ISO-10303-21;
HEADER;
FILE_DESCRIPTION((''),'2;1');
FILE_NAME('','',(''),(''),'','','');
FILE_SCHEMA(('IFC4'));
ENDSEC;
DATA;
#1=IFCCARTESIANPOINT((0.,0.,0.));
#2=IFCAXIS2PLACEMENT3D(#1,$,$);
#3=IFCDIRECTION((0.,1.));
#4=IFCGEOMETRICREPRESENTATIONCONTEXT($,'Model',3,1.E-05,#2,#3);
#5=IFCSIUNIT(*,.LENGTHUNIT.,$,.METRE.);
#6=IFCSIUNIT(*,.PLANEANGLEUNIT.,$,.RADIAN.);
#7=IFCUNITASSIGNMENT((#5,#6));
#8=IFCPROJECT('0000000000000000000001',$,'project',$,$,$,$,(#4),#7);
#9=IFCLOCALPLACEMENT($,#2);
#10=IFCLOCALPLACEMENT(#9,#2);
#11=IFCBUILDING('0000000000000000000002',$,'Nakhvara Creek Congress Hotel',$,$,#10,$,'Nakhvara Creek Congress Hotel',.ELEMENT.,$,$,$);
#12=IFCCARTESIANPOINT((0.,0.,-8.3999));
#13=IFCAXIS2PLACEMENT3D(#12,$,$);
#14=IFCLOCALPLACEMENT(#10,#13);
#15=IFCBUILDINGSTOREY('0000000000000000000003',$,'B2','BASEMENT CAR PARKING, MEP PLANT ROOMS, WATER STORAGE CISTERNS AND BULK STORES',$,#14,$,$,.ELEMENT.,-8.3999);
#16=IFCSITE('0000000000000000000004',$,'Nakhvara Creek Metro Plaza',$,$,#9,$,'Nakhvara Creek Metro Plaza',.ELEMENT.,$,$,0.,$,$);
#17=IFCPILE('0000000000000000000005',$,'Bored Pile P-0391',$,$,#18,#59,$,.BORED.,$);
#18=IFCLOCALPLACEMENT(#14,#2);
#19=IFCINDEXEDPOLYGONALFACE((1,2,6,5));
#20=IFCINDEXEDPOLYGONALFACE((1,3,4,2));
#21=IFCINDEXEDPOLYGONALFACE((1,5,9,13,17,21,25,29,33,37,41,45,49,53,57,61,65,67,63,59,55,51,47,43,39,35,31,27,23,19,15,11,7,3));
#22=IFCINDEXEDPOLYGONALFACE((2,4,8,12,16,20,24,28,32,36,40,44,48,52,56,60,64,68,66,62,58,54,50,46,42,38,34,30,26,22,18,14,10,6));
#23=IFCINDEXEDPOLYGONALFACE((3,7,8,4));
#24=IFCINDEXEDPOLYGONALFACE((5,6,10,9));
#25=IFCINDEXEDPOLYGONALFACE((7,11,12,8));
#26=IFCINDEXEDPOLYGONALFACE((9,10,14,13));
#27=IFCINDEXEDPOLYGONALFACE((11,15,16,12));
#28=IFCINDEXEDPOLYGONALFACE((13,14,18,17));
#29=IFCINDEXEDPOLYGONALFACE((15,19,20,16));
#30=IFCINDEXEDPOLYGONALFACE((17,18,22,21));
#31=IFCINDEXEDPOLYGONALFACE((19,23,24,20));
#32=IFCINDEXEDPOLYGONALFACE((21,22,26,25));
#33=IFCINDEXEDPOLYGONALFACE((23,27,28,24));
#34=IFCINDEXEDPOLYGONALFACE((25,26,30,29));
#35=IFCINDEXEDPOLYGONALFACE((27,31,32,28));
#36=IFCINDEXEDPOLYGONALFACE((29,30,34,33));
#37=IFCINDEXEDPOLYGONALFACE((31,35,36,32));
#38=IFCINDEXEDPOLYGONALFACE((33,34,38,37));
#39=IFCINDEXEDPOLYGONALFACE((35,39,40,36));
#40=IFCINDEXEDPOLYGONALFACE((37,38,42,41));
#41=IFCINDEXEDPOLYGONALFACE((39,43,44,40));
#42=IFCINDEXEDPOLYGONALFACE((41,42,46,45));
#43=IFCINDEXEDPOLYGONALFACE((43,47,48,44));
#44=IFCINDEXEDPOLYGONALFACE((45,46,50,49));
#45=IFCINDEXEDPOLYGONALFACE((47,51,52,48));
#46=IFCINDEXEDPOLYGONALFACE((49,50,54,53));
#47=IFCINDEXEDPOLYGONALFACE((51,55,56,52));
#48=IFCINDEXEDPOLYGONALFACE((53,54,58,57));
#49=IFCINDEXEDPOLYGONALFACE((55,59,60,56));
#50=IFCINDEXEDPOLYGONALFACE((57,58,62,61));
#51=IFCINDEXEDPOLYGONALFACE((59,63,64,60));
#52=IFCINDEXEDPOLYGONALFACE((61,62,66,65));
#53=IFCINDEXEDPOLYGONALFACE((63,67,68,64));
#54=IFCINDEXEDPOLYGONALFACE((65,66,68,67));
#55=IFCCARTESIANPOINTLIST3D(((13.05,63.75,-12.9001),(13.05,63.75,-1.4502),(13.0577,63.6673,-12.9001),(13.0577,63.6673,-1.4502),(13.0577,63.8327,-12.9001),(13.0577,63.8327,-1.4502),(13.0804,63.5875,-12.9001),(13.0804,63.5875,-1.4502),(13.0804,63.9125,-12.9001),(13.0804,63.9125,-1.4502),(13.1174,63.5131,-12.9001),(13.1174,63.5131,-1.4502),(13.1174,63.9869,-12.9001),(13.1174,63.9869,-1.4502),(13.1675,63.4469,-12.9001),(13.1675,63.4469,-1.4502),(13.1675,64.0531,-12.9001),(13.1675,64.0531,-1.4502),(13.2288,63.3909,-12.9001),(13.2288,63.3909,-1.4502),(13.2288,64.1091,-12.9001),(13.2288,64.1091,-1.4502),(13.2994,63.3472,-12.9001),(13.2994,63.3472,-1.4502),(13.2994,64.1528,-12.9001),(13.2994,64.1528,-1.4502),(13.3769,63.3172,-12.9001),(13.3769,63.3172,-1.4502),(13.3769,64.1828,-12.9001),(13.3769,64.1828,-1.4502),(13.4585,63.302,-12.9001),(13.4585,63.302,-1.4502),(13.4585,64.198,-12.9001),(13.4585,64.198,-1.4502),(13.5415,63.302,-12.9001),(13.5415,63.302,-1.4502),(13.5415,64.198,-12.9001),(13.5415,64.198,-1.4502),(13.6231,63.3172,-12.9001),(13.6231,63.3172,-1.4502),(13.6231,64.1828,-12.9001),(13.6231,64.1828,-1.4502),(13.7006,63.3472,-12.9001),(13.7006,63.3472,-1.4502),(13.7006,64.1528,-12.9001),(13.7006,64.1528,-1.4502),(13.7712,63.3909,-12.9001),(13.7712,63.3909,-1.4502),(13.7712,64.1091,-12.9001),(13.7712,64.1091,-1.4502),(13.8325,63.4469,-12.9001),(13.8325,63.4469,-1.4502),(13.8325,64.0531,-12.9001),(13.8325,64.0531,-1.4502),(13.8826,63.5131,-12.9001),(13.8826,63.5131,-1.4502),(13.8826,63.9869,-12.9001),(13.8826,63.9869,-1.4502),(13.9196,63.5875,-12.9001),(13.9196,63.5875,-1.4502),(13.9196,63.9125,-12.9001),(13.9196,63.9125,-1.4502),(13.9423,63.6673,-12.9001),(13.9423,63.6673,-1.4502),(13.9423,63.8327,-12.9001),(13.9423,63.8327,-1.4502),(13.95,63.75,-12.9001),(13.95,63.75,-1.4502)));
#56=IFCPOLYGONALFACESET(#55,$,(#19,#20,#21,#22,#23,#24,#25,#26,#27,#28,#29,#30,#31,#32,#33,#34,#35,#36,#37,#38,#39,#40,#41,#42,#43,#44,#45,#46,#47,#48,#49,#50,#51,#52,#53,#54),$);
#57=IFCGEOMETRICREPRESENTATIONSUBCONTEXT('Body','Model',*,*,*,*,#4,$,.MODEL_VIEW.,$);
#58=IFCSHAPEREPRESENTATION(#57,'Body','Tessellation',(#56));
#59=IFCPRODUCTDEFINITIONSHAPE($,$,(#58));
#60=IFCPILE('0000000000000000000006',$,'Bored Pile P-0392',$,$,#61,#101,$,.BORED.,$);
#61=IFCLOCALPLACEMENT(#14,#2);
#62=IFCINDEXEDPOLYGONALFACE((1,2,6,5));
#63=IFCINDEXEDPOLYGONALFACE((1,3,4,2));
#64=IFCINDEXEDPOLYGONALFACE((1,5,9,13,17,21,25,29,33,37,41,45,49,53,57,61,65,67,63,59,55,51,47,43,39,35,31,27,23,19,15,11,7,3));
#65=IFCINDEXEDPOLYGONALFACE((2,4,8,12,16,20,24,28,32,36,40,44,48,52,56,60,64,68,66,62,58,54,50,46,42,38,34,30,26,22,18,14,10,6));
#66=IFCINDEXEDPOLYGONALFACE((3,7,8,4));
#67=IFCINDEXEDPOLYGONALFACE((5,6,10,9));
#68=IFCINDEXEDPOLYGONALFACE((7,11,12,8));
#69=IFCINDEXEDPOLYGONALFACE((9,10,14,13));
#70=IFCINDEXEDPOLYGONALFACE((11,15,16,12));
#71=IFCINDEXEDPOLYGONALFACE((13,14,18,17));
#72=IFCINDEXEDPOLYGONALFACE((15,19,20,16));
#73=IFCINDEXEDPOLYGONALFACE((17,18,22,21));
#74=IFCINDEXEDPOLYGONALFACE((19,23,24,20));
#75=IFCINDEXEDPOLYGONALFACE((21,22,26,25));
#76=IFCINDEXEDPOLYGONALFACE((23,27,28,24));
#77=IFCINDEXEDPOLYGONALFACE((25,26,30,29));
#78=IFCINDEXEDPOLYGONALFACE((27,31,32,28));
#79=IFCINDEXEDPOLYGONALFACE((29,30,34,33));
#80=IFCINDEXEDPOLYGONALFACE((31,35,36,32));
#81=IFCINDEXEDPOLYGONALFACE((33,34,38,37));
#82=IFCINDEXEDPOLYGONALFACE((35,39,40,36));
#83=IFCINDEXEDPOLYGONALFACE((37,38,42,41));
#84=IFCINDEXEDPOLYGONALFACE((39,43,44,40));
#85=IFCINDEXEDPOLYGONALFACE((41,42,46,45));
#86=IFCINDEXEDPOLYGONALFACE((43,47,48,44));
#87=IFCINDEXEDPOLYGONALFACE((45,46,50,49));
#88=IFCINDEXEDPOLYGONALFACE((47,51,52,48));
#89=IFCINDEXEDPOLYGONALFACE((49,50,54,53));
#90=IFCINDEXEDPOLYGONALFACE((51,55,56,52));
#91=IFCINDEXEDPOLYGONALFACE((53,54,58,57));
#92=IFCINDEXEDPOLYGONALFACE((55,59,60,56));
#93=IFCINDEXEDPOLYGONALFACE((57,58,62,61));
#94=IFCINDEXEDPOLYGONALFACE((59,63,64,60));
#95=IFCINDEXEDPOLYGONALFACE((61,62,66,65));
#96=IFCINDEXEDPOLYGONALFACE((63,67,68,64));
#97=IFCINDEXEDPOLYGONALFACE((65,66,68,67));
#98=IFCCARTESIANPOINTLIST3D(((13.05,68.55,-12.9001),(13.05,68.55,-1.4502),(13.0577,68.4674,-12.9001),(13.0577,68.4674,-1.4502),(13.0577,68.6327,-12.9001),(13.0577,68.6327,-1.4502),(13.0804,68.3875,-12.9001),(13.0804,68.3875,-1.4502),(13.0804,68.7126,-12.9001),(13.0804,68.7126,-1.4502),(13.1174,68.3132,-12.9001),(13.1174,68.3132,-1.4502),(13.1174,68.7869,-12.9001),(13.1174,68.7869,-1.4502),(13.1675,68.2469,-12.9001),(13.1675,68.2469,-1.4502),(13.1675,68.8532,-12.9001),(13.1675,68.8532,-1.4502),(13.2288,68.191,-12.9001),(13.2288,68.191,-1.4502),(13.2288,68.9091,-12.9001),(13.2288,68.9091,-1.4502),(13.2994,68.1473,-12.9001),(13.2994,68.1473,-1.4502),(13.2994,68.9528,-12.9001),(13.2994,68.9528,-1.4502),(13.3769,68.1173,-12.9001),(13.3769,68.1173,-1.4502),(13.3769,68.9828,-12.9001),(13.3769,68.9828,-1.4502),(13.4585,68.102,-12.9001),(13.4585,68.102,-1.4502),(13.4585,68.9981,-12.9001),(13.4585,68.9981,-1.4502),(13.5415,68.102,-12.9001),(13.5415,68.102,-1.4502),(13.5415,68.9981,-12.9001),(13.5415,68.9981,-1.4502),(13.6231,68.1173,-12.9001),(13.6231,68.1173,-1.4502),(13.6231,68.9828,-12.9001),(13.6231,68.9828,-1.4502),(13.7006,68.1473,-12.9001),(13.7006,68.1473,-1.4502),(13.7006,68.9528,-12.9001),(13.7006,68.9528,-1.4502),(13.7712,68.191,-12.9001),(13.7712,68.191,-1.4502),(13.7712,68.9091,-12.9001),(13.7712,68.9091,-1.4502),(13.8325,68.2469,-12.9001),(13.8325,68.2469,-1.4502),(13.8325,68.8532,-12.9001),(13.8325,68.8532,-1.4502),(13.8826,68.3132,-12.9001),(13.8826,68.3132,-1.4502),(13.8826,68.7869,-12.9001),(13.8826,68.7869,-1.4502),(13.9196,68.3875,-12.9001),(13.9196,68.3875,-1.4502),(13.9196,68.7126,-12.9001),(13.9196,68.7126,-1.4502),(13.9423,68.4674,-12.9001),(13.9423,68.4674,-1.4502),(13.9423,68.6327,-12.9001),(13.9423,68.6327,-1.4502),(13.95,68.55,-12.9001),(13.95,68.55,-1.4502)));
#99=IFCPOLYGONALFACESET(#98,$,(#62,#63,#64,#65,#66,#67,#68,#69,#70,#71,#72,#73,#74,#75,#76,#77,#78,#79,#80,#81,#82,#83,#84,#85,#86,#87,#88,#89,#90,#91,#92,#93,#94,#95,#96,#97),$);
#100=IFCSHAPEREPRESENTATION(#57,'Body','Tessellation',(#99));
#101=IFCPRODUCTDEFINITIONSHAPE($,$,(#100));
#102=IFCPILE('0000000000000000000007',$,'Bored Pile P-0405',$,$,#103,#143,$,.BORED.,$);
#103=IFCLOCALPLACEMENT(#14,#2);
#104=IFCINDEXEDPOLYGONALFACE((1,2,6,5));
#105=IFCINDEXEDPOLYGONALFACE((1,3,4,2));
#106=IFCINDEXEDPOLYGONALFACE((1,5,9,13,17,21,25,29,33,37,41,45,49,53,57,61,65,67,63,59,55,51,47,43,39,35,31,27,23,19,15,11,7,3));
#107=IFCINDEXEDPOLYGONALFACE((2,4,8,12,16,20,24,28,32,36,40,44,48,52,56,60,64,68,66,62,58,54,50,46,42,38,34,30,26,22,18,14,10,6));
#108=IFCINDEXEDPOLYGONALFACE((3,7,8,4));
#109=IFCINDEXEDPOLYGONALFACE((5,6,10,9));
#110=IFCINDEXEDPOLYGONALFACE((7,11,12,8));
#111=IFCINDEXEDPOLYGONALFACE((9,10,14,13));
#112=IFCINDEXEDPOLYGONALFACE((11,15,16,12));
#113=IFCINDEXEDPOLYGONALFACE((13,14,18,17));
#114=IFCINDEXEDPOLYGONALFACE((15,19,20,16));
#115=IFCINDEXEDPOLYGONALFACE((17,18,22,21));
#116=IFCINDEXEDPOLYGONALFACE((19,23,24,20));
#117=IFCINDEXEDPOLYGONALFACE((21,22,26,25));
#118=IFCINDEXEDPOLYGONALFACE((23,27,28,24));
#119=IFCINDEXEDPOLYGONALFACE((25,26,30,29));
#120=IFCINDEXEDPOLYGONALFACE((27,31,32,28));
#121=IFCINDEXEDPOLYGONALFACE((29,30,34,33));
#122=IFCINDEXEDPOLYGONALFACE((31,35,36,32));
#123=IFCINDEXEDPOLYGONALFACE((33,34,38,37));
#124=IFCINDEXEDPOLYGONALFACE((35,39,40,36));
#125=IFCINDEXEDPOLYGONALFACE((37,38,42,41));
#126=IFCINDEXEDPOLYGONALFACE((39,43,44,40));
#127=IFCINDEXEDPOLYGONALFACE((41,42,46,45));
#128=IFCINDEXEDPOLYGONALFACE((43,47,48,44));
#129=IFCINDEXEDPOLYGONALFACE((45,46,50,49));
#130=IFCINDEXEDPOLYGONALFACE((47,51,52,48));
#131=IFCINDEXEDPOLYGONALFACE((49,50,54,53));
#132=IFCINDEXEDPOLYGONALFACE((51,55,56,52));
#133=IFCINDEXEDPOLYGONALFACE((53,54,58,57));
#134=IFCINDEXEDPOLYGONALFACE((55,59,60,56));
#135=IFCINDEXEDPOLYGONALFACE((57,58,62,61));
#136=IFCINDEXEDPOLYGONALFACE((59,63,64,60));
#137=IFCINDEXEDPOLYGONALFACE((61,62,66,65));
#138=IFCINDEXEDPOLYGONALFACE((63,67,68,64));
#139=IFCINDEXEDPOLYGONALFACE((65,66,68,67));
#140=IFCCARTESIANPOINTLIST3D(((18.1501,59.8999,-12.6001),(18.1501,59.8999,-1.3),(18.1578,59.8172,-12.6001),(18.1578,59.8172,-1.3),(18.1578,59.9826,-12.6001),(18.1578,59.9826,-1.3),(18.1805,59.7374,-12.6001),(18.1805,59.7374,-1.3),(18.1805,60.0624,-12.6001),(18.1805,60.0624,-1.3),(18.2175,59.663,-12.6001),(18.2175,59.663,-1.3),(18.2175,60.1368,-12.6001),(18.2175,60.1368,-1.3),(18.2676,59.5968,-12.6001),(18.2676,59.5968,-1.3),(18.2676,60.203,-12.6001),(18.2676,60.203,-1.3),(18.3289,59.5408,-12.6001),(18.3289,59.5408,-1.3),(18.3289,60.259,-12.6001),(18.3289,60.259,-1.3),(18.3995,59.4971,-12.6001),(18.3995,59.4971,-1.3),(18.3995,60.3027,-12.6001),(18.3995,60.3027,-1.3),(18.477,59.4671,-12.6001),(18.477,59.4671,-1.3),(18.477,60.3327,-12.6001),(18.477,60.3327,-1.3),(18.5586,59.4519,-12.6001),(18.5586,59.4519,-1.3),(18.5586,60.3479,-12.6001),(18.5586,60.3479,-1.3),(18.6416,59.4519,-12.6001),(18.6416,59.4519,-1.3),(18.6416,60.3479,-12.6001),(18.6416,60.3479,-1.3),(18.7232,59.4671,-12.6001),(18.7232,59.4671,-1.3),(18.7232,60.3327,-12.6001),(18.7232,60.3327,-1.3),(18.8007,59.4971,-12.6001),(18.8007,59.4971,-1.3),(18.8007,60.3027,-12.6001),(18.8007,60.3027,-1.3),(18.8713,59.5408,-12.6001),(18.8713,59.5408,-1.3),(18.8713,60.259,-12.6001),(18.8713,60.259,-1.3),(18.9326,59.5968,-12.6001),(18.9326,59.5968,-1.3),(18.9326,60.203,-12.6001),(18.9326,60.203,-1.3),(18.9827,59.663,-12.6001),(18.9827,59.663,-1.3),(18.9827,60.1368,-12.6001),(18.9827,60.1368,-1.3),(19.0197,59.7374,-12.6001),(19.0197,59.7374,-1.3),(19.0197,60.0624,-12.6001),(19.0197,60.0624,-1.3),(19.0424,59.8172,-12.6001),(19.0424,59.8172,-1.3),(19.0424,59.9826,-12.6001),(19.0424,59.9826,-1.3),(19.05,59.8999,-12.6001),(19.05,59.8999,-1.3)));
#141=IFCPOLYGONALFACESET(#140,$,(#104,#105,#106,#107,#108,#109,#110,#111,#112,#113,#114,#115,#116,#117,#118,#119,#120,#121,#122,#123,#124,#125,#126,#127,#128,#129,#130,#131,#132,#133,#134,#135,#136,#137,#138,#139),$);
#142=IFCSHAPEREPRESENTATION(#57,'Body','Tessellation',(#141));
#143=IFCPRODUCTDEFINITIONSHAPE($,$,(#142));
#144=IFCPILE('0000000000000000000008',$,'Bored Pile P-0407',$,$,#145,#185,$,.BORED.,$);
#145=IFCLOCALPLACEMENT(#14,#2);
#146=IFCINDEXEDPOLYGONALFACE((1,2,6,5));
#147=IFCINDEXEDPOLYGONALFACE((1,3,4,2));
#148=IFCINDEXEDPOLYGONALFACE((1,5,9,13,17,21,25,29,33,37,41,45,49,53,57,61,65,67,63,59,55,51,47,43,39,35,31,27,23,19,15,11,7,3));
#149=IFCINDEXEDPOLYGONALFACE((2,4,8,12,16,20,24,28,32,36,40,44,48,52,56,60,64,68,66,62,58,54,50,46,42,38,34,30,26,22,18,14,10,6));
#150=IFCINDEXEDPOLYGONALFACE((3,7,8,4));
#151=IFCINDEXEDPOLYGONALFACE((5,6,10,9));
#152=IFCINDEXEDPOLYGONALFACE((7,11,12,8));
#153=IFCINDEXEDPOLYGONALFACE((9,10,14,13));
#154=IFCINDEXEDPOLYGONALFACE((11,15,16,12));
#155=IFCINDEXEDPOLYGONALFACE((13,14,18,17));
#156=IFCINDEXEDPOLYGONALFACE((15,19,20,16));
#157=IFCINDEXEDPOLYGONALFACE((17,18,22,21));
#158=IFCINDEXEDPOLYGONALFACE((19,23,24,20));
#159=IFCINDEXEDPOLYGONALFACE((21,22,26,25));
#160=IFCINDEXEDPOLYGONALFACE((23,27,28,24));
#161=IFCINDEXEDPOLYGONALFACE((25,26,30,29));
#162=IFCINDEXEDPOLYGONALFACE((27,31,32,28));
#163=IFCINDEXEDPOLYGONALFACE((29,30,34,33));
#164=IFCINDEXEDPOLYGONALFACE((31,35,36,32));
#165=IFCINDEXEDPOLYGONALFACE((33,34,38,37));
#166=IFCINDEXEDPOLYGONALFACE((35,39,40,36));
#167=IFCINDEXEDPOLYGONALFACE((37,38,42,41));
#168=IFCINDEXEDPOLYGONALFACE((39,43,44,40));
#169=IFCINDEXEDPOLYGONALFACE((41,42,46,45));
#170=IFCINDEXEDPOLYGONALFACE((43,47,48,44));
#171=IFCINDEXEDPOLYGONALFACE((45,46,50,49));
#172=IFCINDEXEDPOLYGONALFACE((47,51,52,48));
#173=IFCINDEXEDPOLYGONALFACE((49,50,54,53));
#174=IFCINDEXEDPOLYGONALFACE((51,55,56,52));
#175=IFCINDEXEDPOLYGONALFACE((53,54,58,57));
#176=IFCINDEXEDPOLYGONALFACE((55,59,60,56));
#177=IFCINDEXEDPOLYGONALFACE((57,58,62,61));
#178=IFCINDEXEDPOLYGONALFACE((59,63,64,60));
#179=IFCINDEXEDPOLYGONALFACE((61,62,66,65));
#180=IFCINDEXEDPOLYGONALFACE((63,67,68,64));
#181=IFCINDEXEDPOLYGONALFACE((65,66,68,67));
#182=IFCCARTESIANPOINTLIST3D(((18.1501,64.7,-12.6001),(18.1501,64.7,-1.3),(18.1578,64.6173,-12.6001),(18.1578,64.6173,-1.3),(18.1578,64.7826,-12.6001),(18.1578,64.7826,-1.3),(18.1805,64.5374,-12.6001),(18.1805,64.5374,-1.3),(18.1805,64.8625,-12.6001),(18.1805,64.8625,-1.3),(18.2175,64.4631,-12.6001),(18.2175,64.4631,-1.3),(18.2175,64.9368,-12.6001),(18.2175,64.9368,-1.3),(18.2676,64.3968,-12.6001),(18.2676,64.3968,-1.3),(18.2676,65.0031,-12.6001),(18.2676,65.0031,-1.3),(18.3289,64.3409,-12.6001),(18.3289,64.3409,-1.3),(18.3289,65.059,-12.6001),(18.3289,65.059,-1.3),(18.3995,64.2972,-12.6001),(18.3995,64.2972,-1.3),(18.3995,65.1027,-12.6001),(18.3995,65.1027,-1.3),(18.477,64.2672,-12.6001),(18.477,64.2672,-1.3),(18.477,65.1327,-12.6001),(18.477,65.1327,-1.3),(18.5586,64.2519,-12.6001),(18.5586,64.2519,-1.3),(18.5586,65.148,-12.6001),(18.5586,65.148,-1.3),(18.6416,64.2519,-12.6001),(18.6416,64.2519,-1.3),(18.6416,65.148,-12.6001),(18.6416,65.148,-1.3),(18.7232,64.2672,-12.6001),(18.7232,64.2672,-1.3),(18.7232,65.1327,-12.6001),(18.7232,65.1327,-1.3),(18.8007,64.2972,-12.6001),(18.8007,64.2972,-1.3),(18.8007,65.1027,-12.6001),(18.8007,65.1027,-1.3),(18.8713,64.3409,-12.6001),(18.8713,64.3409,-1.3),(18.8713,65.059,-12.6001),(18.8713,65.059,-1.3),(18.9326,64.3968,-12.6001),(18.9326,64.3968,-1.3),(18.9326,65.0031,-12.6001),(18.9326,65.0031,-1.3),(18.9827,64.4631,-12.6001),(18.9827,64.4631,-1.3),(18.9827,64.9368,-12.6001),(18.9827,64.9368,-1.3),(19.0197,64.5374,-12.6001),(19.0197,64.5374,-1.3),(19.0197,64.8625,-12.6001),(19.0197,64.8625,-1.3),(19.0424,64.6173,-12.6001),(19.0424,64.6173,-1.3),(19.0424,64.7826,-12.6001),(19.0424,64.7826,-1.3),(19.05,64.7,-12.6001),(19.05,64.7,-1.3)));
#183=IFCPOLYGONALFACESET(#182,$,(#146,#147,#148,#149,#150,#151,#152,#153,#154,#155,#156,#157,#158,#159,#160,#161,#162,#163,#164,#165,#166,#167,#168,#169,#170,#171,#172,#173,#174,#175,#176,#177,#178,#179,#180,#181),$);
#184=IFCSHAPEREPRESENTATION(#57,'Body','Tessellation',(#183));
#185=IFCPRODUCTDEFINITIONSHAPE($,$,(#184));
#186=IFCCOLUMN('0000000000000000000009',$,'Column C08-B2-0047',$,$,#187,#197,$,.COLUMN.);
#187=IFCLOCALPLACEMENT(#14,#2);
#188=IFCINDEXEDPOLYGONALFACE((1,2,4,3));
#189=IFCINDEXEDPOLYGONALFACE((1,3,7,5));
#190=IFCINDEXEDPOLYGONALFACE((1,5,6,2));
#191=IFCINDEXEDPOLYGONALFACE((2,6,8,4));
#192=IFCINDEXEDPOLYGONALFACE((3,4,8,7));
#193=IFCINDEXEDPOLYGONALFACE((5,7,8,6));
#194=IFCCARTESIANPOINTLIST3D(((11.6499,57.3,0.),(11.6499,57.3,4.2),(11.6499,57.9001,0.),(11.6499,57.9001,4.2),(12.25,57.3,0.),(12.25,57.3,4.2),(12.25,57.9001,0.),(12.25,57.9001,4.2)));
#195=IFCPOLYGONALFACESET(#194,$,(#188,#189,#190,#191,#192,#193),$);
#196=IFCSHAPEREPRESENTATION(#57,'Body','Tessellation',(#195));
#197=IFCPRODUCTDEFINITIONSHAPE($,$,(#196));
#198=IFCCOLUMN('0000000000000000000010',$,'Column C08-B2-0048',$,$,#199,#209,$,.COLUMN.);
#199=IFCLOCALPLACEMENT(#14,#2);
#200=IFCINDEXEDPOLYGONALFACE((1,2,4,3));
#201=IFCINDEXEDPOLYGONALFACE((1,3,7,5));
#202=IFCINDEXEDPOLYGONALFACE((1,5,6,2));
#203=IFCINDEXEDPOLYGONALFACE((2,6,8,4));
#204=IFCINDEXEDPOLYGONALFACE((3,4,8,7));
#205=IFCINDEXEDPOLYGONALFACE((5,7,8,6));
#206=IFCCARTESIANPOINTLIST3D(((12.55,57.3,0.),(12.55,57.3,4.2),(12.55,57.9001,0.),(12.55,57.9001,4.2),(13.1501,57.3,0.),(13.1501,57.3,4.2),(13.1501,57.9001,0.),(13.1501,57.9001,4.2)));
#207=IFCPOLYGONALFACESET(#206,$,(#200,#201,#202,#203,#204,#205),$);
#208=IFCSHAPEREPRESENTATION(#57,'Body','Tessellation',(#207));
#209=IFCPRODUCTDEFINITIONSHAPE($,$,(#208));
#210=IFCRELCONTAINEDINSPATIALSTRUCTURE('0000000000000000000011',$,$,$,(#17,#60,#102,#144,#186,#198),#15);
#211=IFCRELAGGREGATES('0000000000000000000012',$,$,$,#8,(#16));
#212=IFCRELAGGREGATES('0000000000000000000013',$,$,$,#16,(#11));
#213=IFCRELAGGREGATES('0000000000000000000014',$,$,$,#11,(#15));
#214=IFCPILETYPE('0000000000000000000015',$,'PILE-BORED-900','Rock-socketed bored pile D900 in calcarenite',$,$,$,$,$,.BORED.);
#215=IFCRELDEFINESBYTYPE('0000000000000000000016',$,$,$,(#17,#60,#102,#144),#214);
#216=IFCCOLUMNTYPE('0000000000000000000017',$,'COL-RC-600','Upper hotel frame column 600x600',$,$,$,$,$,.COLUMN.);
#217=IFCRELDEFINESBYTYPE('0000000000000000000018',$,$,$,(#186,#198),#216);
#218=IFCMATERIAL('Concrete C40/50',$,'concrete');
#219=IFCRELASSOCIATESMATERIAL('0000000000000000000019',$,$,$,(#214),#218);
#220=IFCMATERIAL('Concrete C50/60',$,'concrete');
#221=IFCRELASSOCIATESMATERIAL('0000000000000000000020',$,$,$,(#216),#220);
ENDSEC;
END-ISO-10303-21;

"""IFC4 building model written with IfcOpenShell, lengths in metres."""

from ifc_helpers import new_model, si_unit, direction, frame, origin, origin_2d, place, context, subcontext, project, spatial, rectangle, circle, extrude, material, material_profile, profile_set, type_object, element, save


model = new_model("IFC4")

# Units and contexts
model_context = context("Model", 3, precision=1e-05, world=origin(), true_north=direction((0.0, 1.0)))
body_context = subcontext(model_context, "Body", "Model", "MODEL_VIEW")
ifc_project = project(units=[si_unit("LENGTHUNIT", "METRE"), si_unit("PLANEANGLEUNIT", "RADIAN")], contexts=[model_context])

# Site, building, storey
site_placement = place(None, origin())
site = spatial("IfcSite", under=ifc_project, at=site_placement, Name="Nakhvara Creek Metro Plaza", LongName="Nakhvara Creek Metro Plaza", CompositionType="ELEMENT", RefElevation=0.0)
building_placement = place(site_placement, origin())
building = spatial("IfcBuilding", under=site, at=building_placement, Name="Nakhvara Creek Congress Hotel", LongName="Nakhvara Creek Congress Hotel", CompositionType="ELEMENT")
storey_placement = place(building_placement, frame((0.0, 0.0, -8.3999)))
storey = spatial("IfcBuildingStorey", under=building, at=storey_placement, Name="B2", Description="BASEMENT CAR PARKING, MEP PLANT ROOMS, WATER STORAGE CISTERNS AND BULK STORES", CompositionType="ELEMENT", Elevation=-8.3999)

# Shared definitions
ifc_material_1 = material(Name="Concrete C40/50", Category="concrete")

# Piles
ifc_material_profile_1 = material_profile(ifc_material_1, circle(Radius=0.45, at=origin_2d()), Name="BORED PILE D900", Category="LoadBearing")
ifc_profile_set_1 = profile_set([ifc_material_profile_1], Name="Concrete C40/50")
pile_type = type_object("IfcPileType", Name="PILE-BORED-900", Description="Rock-socketed bored pile D900 in calcarenite", PredefinedType="BORED", material=ifc_profile_set_1)
for number, where, z_axis, x_axis, name in (
    (1, (13.5, 63.75, -1.4502), (0.0, 0.0, -1.0), (1.0, 0.0, 0.0), "Bored Pile P-0391"),
    (2, (13.5, 68.55, -1.4502), (0.0, 0.0, -1.0), (1.0, 0.0, 0.0), "Bored Pile P-0392"),
):
    element("IfcPile", number, at=place(storey_placement, frame(where, z_axis=z_axis, x_axis=x_axis)), inside=storey, type_object=pile_type, Name=name, PredefinedType="BORED", context=body_context, shape_type="SweptSolid", body=[
        extrude(circle(Radius=0.45, at=origin_2d()), origin(), (0.0, 0.0, 1.0), 11.45),
    ])
for number, where, z_axis, x_axis, name in (
    (3, (18.6001, 59.8999, -1.3), (0.0, 0.0, -1.0), (1.0, 0.0, 0.0), "Bored Pile P-0405"),
    (4, (18.6001, 64.7, -1.3), (0.0, 0.0, -1.0), (1.0, 0.0, 0.0), "Bored Pile P-0407"),
):
    element("IfcPile", number, at=place(storey_placement, frame(where, z_axis=z_axis, x_axis=x_axis)), inside=storey, type_object=pile_type, Name=name, PredefinedType="BORED", context=body_context, shape_type="SweptSolid", body=[
        extrude(circle(Radius=0.45, at=origin_2d()), origin(), (0.0, 0.0, 1.0), 11.3),
    ])

# Columns
ifc_material_2 = material(Name="Concrete C50/60", Category="concrete")
ifc_material_profile_2 = material_profile(ifc_material_2, rectangle(XDim=0.6001, YDim=0.6001, at=origin_2d()), Name="RC-COL 600x600", Category="LoadBearing")
ifc_profile_set_2 = profile_set([ifc_material_profile_2], Name="Concrete C50/60")
column_type_1 = type_object("IfcColumnType", Name="COL-RC-600", Description="Upper hotel frame column 600x600", PredefinedType="COLUMN", material=ifc_profile_set_2)
for number, where, z_axis, x_axis, name in (
    (5, (11.95, 57.6001, 0.0), (0.0, 0.0, 1.0), (1.0, 0.0, 0.0), "Column C08-B2-0047"),
    (6, (12.8501, 57.6001, 0.0), (0.0, 0.0, 1.0), (1.0, 0.0, 0.0), "Column C08-B2-0048"),
):
    element("IfcColumn", number, at=place(storey_placement, frame(where, z_axis=z_axis, x_axis=x_axis)), inside=storey, type_object=column_type_1, Name=name, PredefinedType="COLUMN", context=body_context, shape_type="SweptSolid", body=[
        extrude(rectangle(XDim=0.6001, YDim=0.6001, at=origin_2d()), origin(), (0.0, 0.0, 1.0), 4.2),
    ])

save(model, "model.ifc")
